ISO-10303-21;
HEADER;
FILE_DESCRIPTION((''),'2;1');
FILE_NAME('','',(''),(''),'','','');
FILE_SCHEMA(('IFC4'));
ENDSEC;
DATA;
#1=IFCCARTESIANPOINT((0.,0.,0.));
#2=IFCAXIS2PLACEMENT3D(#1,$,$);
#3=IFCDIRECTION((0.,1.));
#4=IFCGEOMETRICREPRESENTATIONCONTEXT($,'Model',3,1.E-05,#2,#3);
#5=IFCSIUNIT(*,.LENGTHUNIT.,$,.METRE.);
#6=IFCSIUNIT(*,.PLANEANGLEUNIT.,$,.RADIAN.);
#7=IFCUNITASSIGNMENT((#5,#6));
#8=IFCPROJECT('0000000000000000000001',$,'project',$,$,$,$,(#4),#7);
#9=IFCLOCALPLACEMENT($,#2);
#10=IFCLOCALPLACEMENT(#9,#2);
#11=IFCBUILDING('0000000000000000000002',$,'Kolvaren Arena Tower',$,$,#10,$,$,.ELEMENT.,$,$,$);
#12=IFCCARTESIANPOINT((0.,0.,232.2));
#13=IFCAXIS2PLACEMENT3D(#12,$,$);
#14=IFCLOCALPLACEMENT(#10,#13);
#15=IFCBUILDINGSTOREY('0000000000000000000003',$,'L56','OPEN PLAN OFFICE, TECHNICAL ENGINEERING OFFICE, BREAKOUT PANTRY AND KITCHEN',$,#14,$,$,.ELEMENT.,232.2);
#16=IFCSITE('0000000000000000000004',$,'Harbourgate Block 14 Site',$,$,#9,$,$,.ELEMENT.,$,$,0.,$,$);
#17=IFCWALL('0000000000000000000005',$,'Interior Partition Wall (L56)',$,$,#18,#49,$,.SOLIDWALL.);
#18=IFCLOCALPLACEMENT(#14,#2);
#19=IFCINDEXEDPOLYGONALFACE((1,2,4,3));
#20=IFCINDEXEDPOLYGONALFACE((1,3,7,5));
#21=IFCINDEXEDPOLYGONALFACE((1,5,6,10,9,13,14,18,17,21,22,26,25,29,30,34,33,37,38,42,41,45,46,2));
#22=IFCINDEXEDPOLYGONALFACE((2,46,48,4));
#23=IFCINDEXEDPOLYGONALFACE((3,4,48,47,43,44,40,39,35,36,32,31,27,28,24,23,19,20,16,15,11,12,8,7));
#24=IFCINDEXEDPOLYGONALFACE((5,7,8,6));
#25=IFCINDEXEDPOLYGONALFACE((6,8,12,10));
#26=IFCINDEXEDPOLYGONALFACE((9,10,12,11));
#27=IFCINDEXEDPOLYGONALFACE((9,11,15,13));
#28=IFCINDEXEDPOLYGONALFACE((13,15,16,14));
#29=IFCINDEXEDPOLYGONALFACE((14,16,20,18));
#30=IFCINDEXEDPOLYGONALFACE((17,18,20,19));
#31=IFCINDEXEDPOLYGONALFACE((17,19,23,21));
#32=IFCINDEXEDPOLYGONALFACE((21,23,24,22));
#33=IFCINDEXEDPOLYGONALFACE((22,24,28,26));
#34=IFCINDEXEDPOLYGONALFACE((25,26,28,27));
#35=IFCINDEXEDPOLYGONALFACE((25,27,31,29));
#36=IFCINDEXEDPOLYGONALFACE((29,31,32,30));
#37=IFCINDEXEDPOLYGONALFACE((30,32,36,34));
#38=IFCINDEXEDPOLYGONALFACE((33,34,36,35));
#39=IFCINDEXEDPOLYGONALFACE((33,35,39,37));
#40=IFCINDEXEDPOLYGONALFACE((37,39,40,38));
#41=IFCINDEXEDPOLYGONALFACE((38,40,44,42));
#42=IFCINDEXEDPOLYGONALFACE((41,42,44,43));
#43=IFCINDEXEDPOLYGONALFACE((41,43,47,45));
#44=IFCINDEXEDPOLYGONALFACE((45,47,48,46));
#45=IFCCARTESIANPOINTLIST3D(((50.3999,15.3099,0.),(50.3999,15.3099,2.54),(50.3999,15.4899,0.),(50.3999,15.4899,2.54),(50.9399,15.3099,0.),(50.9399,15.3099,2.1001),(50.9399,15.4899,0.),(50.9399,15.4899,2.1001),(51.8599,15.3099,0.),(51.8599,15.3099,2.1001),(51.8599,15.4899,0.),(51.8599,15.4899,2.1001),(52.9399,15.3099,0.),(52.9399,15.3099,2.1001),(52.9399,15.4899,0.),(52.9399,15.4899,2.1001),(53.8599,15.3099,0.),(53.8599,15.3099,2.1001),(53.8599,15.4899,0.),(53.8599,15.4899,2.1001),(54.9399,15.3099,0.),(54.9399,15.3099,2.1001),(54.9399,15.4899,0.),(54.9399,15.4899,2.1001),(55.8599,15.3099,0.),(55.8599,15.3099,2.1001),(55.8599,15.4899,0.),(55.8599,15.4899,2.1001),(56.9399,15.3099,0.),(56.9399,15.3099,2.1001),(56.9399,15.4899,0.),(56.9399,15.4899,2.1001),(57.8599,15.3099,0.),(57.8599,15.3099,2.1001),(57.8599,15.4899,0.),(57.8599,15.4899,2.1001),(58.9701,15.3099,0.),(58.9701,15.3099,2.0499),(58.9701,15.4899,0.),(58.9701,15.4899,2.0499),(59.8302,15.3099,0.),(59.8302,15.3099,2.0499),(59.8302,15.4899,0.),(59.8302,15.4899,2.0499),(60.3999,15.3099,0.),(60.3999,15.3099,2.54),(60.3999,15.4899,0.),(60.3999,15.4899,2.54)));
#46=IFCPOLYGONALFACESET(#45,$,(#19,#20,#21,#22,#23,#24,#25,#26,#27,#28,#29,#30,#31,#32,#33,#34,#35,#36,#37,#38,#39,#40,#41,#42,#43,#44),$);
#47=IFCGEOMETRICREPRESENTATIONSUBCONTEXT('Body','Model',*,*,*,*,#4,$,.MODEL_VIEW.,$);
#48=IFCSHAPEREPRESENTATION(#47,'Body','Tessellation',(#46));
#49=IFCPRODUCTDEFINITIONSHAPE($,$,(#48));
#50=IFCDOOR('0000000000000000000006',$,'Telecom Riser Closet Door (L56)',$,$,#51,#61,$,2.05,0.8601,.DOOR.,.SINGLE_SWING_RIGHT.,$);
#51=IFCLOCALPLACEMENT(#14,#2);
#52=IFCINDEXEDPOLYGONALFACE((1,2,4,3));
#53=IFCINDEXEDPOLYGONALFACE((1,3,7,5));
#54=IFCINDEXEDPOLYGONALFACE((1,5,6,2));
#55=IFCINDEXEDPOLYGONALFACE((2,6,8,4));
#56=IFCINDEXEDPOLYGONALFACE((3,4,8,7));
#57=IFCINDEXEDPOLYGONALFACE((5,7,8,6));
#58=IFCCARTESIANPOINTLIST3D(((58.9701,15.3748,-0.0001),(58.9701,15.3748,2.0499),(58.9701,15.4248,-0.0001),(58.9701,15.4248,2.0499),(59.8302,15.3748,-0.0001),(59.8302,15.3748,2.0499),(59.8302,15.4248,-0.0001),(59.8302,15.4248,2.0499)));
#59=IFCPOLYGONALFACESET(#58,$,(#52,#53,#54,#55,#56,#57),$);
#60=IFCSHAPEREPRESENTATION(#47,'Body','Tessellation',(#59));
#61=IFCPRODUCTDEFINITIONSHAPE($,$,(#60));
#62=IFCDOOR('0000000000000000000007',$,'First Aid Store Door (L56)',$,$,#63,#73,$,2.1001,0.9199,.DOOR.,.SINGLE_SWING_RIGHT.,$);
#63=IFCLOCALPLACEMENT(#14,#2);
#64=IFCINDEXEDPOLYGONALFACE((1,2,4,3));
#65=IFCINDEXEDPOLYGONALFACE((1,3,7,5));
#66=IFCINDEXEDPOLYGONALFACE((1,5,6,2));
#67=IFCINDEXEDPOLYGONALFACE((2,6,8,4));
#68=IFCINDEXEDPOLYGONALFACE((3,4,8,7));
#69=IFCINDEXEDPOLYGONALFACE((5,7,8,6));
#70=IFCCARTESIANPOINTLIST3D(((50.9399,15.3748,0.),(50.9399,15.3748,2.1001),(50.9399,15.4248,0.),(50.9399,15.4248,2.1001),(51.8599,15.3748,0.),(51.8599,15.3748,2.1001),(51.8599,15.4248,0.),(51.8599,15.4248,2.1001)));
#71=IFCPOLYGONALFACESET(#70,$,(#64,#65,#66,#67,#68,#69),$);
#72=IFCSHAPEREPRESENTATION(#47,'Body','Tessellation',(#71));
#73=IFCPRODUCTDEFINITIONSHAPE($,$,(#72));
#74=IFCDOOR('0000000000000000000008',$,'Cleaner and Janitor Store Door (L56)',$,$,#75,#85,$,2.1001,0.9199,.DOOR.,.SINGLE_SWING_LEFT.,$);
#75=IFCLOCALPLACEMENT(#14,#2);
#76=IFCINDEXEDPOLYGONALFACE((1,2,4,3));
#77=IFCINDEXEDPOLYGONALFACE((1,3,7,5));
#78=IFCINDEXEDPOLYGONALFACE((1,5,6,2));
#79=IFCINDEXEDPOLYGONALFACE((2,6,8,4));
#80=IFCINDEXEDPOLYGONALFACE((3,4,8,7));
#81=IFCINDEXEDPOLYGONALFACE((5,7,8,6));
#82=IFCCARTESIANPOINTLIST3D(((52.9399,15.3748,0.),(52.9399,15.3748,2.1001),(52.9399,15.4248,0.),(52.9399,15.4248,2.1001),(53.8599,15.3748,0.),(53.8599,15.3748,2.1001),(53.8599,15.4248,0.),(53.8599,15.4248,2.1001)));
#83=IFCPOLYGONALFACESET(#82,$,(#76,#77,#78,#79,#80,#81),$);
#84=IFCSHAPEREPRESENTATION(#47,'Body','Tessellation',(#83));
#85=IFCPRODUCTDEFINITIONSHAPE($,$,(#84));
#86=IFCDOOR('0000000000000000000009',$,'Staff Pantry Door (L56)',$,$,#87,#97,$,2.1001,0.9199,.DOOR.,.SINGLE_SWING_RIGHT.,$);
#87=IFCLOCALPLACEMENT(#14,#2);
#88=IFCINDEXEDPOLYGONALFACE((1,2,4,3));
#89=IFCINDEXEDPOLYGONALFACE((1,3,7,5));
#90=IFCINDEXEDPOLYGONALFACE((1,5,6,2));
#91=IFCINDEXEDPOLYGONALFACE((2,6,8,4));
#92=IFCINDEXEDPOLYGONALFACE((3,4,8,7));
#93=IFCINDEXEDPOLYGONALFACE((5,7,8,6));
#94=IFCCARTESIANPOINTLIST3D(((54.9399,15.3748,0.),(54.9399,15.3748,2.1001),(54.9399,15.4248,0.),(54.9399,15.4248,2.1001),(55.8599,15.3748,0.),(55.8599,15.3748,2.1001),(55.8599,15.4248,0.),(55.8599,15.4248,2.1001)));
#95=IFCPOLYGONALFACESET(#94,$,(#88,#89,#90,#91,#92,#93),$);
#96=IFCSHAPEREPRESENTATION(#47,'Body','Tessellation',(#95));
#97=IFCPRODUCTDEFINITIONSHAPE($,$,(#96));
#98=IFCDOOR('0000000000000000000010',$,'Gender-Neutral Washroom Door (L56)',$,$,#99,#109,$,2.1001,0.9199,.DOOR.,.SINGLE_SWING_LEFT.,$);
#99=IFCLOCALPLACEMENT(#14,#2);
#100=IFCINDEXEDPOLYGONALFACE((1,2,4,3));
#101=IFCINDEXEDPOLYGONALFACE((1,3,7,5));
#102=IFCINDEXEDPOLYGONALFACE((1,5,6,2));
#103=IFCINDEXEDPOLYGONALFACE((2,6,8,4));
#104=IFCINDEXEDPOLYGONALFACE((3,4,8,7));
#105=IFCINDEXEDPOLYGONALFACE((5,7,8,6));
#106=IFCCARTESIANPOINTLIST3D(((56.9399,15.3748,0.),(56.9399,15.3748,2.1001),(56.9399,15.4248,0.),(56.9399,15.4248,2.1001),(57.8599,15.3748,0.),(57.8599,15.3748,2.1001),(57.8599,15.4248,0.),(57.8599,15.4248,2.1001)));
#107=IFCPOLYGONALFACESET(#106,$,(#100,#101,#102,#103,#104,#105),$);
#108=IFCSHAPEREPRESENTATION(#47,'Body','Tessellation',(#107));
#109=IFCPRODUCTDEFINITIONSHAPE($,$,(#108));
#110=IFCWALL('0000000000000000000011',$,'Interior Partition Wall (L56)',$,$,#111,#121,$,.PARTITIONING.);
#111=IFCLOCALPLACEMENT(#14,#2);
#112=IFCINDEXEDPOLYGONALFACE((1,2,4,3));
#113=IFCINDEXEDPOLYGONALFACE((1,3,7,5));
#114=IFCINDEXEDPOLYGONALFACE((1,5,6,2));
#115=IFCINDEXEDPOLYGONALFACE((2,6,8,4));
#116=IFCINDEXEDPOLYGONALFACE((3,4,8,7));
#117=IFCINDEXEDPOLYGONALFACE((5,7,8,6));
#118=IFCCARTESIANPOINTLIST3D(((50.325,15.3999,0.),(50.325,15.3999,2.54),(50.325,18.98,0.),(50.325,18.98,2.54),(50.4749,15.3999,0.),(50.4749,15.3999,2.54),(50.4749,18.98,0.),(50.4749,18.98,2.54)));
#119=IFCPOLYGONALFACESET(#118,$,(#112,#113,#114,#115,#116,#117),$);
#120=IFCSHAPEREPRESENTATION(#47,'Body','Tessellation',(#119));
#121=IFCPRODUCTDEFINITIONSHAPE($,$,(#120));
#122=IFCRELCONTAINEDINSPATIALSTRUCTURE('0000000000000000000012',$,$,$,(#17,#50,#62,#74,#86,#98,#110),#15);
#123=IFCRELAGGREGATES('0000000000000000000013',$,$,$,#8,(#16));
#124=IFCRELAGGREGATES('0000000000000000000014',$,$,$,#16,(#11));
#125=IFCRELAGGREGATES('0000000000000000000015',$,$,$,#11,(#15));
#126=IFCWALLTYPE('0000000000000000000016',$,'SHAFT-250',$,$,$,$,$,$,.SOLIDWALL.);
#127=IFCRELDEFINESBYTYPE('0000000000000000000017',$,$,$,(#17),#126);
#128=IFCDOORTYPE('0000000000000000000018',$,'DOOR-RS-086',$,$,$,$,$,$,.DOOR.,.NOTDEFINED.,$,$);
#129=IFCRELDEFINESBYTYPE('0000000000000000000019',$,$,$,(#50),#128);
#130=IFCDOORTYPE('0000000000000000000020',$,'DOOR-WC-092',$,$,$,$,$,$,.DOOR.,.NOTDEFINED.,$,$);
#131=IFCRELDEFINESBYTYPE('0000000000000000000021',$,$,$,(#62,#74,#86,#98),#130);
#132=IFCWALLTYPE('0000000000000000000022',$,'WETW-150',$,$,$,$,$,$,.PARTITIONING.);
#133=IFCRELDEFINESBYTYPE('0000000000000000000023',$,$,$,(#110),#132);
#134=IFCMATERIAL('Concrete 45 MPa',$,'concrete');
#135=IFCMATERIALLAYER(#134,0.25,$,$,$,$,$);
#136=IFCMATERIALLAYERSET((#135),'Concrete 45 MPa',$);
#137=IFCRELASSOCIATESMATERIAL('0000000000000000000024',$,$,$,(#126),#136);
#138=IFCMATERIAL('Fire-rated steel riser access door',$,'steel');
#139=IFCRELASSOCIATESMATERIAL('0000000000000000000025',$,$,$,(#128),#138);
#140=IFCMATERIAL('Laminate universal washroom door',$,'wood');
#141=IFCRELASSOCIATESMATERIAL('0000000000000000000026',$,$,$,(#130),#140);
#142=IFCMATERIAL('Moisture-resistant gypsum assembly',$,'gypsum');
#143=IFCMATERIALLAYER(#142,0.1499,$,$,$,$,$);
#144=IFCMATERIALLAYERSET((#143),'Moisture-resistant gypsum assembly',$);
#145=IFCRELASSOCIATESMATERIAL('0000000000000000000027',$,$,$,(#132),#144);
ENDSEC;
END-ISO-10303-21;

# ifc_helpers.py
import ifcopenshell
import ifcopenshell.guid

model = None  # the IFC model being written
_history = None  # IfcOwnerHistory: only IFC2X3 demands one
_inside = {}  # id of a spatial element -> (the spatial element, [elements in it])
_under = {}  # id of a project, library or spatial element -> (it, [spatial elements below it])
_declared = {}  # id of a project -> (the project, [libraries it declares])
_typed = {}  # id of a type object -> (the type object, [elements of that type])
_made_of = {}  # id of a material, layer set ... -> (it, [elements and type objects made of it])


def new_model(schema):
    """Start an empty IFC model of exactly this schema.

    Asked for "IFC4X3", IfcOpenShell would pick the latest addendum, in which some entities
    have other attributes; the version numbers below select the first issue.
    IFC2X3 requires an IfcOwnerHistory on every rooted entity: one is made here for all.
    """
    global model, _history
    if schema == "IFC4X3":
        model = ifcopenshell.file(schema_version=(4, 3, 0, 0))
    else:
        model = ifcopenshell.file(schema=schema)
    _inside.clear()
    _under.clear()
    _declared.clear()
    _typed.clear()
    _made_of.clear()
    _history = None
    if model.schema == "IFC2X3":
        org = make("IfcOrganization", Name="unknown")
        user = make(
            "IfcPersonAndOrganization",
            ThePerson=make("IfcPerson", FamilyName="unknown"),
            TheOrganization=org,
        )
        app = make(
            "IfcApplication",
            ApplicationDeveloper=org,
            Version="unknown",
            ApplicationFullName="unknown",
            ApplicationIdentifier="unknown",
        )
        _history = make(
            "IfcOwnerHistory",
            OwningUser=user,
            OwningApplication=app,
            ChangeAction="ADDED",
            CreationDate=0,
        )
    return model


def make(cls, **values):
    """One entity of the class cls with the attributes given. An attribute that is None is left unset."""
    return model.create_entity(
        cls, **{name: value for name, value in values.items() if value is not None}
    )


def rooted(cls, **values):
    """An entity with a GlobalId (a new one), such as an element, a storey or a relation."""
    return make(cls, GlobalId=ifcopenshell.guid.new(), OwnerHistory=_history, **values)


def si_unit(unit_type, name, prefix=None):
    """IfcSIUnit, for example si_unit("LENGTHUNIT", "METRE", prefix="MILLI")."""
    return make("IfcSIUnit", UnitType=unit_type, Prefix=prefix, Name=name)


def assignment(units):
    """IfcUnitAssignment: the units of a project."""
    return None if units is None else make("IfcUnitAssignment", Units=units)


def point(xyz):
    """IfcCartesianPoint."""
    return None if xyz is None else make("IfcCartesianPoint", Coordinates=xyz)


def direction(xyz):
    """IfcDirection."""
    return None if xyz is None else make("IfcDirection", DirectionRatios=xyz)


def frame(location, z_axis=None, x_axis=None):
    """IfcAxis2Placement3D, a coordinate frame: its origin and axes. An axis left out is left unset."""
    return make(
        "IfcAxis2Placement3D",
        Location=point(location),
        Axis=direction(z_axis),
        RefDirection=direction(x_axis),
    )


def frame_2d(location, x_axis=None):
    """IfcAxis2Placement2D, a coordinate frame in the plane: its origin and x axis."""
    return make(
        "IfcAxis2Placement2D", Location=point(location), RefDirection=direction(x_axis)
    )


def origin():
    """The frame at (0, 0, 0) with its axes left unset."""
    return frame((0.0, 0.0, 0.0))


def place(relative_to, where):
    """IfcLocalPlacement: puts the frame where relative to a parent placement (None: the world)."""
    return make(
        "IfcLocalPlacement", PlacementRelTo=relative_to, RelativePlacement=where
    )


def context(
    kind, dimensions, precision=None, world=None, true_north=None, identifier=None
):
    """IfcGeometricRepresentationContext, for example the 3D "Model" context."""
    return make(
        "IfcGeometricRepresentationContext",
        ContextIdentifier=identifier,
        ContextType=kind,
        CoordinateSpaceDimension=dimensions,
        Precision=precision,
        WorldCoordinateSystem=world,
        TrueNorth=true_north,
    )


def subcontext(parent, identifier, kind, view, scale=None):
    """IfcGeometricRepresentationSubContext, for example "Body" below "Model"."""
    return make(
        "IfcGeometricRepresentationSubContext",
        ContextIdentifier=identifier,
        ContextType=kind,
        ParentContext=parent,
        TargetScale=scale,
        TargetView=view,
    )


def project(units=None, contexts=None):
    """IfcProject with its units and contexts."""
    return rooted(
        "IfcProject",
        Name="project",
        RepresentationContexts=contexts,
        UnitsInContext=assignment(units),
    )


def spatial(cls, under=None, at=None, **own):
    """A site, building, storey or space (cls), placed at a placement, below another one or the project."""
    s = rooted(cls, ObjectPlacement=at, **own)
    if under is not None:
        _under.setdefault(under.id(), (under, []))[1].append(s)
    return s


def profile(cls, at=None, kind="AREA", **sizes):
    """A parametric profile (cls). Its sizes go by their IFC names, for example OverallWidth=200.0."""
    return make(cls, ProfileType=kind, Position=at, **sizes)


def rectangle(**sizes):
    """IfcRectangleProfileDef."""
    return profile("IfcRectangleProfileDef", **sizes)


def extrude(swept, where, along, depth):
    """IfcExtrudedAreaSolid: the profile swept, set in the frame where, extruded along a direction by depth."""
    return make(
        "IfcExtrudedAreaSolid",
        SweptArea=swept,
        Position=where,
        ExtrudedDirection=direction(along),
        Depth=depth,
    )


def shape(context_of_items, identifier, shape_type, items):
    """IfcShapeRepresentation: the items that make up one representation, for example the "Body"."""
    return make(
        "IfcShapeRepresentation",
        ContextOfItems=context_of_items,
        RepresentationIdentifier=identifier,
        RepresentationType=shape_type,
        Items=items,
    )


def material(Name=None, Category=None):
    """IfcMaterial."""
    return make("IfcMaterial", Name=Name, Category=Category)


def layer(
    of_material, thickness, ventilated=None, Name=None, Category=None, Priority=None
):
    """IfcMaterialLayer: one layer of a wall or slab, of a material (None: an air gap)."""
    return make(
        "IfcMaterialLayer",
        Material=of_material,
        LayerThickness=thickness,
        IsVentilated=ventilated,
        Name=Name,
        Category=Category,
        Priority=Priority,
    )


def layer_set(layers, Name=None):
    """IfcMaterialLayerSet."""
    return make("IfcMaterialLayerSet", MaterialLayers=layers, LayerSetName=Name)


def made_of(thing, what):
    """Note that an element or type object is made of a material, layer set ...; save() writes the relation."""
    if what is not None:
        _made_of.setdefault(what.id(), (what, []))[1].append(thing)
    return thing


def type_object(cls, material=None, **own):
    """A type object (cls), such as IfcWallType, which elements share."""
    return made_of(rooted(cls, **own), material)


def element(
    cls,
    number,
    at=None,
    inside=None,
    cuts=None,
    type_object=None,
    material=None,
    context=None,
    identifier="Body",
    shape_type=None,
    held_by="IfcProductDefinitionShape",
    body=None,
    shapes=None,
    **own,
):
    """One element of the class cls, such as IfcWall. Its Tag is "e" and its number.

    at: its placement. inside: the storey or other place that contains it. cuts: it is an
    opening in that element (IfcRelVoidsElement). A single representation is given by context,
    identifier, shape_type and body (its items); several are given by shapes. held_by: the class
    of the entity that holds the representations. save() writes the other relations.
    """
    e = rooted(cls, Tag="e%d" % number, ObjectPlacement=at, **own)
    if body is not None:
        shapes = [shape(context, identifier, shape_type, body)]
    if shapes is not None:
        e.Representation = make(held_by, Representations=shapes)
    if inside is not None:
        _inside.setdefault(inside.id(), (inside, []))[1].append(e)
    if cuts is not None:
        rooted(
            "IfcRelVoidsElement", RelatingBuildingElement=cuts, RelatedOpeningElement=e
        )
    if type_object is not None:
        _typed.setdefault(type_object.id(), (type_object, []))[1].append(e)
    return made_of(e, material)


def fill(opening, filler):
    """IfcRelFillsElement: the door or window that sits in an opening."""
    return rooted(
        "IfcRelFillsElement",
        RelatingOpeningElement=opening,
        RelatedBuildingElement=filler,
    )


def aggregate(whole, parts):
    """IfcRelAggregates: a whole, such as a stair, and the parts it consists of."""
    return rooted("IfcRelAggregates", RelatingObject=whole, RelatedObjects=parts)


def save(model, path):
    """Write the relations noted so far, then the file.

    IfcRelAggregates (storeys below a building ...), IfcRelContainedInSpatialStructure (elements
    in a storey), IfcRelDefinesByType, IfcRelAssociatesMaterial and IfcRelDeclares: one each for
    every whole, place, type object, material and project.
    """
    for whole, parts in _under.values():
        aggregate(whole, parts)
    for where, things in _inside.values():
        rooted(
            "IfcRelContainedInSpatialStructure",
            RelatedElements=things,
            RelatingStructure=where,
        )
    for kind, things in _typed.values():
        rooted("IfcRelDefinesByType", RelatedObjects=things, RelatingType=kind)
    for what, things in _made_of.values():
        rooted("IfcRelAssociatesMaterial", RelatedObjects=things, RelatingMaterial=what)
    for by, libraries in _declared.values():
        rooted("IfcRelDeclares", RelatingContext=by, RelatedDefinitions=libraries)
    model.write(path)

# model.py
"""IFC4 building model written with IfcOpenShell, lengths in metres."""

from ifc_helpers import new_model, si_unit, direction, frame, frame_2d, origin, place, context, subcontext, project, spatial, rectangle, extrude, material, layer, layer_set, type_object, element, fill, save


model = new_model("IFC4")

# Units and contexts
model_context = context("Model", 3, precision=1e-05, world=origin(), true_north=direction((0.0, 1.0)))
body_context = subcontext(model_context, "Body", "Model", "MODEL_VIEW")
ifc_project = project(units=[si_unit("LENGTHUNIT", "METRE"), si_unit("PLANEANGLEUNIT", "RADIAN")], contexts=[model_context])

# Site, building, storey
site_placement = place(None, origin())
site = spatial("IfcSite", under=ifc_project, at=site_placement, Name="Harbourgate Block 14 Site", CompositionType="ELEMENT", RefElevation=0.0)
building_placement = place(site_placement, origin())
building = spatial("IfcBuilding", under=site, at=building_placement, Name="Kolvaren Arena Tower", CompositionType="ELEMENT")
storey_placement = place(building_placement, frame((0.0, 0.0, 232.2)))
storey = spatial("IfcBuildingStorey", under=building, at=storey_placement, Name="L56", Description="OPEN PLAN OFFICE, TECHNICAL ENGINEERING OFFICE, BREAKOUT PANTRY AND KITCHEN", CompositionType="ELEMENT", Elevation=232.2)

# Wall, openings, doors
ifc_material_1 = material(Name="Concrete 45 MPa", Category="concrete")
ifc_layer_1 = layer(ifc_material_1, 0.25)
ifc_layer_set_1 = layer_set([ifc_layer_1], Name="Concrete 45 MPa")
wall_type_1 = type_object("IfcWallType", Name="SHAFT-250", PredefinedType="SOLIDWALL", material=ifc_layer_set_1)
wall_1_placement = place(storey_placement, frame((50.3999, 15.3999, 0.0), z_axis=(0.0, 0.0, 1.0), x_axis=(1.0, 0.0, 0.0)))
wall_1 = element("IfcWall", 1, at=wall_1_placement, inside=storey, type_object=wall_type_1, Name="Interior Partition Wall (L56)", PredefinedType="SOLIDWALL", context=body_context, shape_type="SweptSolid", body=[
    extrude(rectangle(XDim=10.0, YDim=0.1799, at=frame_2d((5.0, 0.0))), origin(), (0.0, 0.0, 1.0), 2.54),
])
opening_1_placement = place(wall_1_placement, frame((0.54, 0.0, 0.0)))
opening_1 = element("IfcOpeningElement", 2, at=opening_1_placement, cuts=wall_1, PredefinedType="OPENING", context=body_context, shape_type="SweptSolid", body=[
    extrude(rectangle(XDim=0.9199, YDim=2.1001, at=frame_2d((0.46, 1.05))), frame((0.0, 0.0999, 0.0), z_axis=(0.0, -1.0, 0.0), x_axis=(1.0, 0.0, 0.0)), (0.0, 0.0, 1.0), 0.2),
])
opening_2_placement = place(wall_1_placement, frame((2.54, 0.0, 0.0)))
opening_2 = element("IfcOpeningElement", 3, at=opening_2_placement, cuts=wall_1, PredefinedType="OPENING", context=body_context, shape_type="SweptSolid", body=[
    extrude(rectangle(XDim=0.9199, YDim=2.1001, at=frame_2d((0.46, 1.05))), frame((0.0, 0.0999, 0.0), z_axis=(0.0, -1.0, 0.0), x_axis=(1.0, 0.0, 0.0)), (0.0, 0.0, 1.0), 0.2),
])
opening_3_placement = place(wall_1_placement, frame((4.54, 0.0, 0.0)))
opening_3 = element("IfcOpeningElement", 4, at=opening_3_placement, cuts=wall_1, PredefinedType="OPENING", context=body_context, shape_type="SweptSolid", body=[
    extrude(rectangle(XDim=0.9199, YDim=2.1001, at=frame_2d((0.46, 1.05))), frame((0.0, 0.0999, 0.0), z_axis=(0.0, -1.0, 0.0), x_axis=(1.0, 0.0, 0.0)), (0.0, 0.0, 1.0), 0.2),
])
opening_4_placement = place(wall_1_placement, frame((6.54, 0.0, 0.0)))
opening_4 = element("IfcOpeningElement", 5, at=opening_4_placement, cuts=wall_1, PredefinedType="OPENING", context=body_context, shape_type="SweptSolid", body=[
    extrude(rectangle(XDim=0.9199, YDim=2.1001, at=frame_2d((0.46, 1.05))), frame((0.0, 0.0999, 0.0), z_axis=(0.0, -1.0, 0.0), x_axis=(1.0, 0.0, 0.0)), (0.0, 0.0, 1.0), 0.2),
])
opening_5_placement = place(wall_1_placement, frame((8.5701, 0.0, 0.0)))
opening_5 = element("IfcOpeningElement", 6, at=opening_5_placement, cuts=wall_1, PredefinedType="OPENING", context=body_context, shape_type="SweptSolid", body=[
    extrude(rectangle(XDim=0.8601, YDim=2.05, at=frame_2d((0.4302, 1.0249))), frame((0.0, 0.0999, 0.0), z_axis=(0.0, -1.0, 0.0), x_axis=(1.0, 0.0, 0.0)), (0.0, 0.0, 1.0), 0.2),
])
ifc_material_2 = material(Name="Fire-rated steel riser access door", Category="steel")
door_type_1 = type_object("IfcDoorType", Name="DOOR-RS-086", OperationType="NOTDEFINED", PredefinedType="DOOR", material=ifc_material_2)
door_1_placement = place(opening_5_placement, origin())
door_1 = element("IfcDoor", 7, at=door_1_placement, inside=storey, type_object=door_type_1, Name="Telecom Riser Closet Door (L56)", OperationType="SINGLE_SWING_RIGHT", OverallHeight=2.05, OverallWidth=0.8601, PredefinedType="DOOR", context=body_context, shape_type="SweptSolid", body=[
    extrude(rectangle(XDim=0.8601, YDim=2.05, at=frame_2d((0.4302, 1.0249))), frame((0.0, 0.0249, 0.0), z_axis=(0.0, -1.0, 0.0), x_axis=(1.0, 0.0, 0.0)), (0.0, 0.0, 1.0), 0.05),
])
fill(opening_5, door_1)
ifc_material_3 = material(Name="Laminate universal washroom door", Category="wood")
door_type_2 = type_object("IfcDoorType", Name="DOOR-WC-092", OperationType="NOTDEFINED", PredefinedType="DOOR", material=ifc_material_3)
door_2_placement = place(opening_1_placement, origin())
door_2 = element("IfcDoor", 8, at=door_2_placement, inside=storey, type_object=door_type_2, Name="First Aid Store Door (L56)", OperationType="SINGLE_SWING_RIGHT", OverallHeight=2.1001, OverallWidth=0.9199, PredefinedType="DOOR", context=body_context, shape_type="SweptSolid", body=[
    extrude(rectangle(XDim=0.9199, YDim=2.1001, at=frame_2d((0.46, 1.05))), frame((0.0, 0.0249, 0.0), z_axis=(0.0, -1.0, 0.0), x_axis=(1.0, 0.0, 0.0)), (0.0, 0.0, 1.0), 0.05),
])
fill(opening_1, door_2)
door_3_placement = place(opening_2_placement, origin())
door_3 = element("IfcDoor", 9, at=door_3_placement, inside=storey, type_object=door_type_2, Name="Cleaner and Janitor Store Door (L56)", OperationType="SINGLE_SWING_LEFT", OverallHeight=2.1001, OverallWidth=0.9199, PredefinedType="DOOR", context=body_context, shape_type="SweptSolid", body=[
    extrude(rectangle(XDim=0.9199, YDim=2.1001, at=frame_2d((0.46, 1.05))), frame((0.0, 0.0249, 0.0), z_axis=(0.0, -1.0, 0.0), x_axis=(1.0, 0.0, 0.0)), (0.0, 0.0, 1.0), 0.05),
])
fill(opening_2, door_3)
door_4_placement = place(opening_3_placement, origin())
door_4 = element("IfcDoor", 10, at=door_4_placement, inside=storey, type_object=door_type_2, Name="Staff Pantry Door (L56)", OperationType="SINGLE_SWING_RIGHT", OverallHeight=2.1001, OverallWidth=0.9199, PredefinedType="DOOR", context=body_context, shape_type="SweptSolid", body=[
    extrude(rectangle(XDim=0.9199, YDim=2.1001, at=frame_2d((0.46, 1.05))), frame((0.0, 0.0249, 0.0), z_axis=(0.0, -1.0, 0.0), x_axis=(1.0, 0.0, 0.0)), (0.0, 0.0, 1.0), 0.05),
])
fill(opening_3, door_4)
door_5_placement = place(opening_4_placement, origin())
door_5 = element("IfcDoor", 11, at=door_5_placement, inside=storey, type_object=door_type_2, Name="Gender-Neutral Washroom Door (L56)", OperationType="SINGLE_SWING_LEFT", OverallHeight=2.1001, OverallWidth=0.9199, PredefinedType="DOOR", context=body_context, shape_type="SweptSolid", body=[
    extrude(rectangle(XDim=0.9199, YDim=2.1001, at=frame_2d((0.46, 1.05))), frame((0.0, 0.0249, 0.0), z_axis=(0.0, -1.0, 0.0), x_axis=(1.0, 0.0, 0.0)), (0.0, 0.0, 1.0), 0.05),
])
fill(opening_4, door_5)

# Wall
ifc_material_4 = material(Name="Moisture-resistant gypsum assembly", Category="gypsum")
ifc_layer_2 = layer(ifc_material_4, 0.1499)
ifc_layer_set_2 = layer_set([ifc_layer_2], Name="Moisture-resistant gypsum assembly")
wall_type_2 = type_object("IfcWallType", Name="WETW-150", PredefinedType="PARTITIONING", material=ifc_layer_set_2)
wall_2_placement = place(storey_placement, frame((50.3999, 15.3999, 0.0), z_axis=(0.0, 0.0, 1.0), x_axis=(0.0, 1.0, 0.0)))
element("IfcWall", 12, at=wall_2_placement, inside=storey, type_object=wall_type_2, Name="Interior Partition Wall (L56)", PredefinedType="PARTITIONING", context=body_context, shape_type="SweptSolid", body=[
    extrude(rectangle(XDim=3.5801, YDim=0.1499, at=frame_2d((1.79, 0.0))), origin(), (0.0, 0.0, 1.0), 2.54),
])

save(model, "model.ifc")
